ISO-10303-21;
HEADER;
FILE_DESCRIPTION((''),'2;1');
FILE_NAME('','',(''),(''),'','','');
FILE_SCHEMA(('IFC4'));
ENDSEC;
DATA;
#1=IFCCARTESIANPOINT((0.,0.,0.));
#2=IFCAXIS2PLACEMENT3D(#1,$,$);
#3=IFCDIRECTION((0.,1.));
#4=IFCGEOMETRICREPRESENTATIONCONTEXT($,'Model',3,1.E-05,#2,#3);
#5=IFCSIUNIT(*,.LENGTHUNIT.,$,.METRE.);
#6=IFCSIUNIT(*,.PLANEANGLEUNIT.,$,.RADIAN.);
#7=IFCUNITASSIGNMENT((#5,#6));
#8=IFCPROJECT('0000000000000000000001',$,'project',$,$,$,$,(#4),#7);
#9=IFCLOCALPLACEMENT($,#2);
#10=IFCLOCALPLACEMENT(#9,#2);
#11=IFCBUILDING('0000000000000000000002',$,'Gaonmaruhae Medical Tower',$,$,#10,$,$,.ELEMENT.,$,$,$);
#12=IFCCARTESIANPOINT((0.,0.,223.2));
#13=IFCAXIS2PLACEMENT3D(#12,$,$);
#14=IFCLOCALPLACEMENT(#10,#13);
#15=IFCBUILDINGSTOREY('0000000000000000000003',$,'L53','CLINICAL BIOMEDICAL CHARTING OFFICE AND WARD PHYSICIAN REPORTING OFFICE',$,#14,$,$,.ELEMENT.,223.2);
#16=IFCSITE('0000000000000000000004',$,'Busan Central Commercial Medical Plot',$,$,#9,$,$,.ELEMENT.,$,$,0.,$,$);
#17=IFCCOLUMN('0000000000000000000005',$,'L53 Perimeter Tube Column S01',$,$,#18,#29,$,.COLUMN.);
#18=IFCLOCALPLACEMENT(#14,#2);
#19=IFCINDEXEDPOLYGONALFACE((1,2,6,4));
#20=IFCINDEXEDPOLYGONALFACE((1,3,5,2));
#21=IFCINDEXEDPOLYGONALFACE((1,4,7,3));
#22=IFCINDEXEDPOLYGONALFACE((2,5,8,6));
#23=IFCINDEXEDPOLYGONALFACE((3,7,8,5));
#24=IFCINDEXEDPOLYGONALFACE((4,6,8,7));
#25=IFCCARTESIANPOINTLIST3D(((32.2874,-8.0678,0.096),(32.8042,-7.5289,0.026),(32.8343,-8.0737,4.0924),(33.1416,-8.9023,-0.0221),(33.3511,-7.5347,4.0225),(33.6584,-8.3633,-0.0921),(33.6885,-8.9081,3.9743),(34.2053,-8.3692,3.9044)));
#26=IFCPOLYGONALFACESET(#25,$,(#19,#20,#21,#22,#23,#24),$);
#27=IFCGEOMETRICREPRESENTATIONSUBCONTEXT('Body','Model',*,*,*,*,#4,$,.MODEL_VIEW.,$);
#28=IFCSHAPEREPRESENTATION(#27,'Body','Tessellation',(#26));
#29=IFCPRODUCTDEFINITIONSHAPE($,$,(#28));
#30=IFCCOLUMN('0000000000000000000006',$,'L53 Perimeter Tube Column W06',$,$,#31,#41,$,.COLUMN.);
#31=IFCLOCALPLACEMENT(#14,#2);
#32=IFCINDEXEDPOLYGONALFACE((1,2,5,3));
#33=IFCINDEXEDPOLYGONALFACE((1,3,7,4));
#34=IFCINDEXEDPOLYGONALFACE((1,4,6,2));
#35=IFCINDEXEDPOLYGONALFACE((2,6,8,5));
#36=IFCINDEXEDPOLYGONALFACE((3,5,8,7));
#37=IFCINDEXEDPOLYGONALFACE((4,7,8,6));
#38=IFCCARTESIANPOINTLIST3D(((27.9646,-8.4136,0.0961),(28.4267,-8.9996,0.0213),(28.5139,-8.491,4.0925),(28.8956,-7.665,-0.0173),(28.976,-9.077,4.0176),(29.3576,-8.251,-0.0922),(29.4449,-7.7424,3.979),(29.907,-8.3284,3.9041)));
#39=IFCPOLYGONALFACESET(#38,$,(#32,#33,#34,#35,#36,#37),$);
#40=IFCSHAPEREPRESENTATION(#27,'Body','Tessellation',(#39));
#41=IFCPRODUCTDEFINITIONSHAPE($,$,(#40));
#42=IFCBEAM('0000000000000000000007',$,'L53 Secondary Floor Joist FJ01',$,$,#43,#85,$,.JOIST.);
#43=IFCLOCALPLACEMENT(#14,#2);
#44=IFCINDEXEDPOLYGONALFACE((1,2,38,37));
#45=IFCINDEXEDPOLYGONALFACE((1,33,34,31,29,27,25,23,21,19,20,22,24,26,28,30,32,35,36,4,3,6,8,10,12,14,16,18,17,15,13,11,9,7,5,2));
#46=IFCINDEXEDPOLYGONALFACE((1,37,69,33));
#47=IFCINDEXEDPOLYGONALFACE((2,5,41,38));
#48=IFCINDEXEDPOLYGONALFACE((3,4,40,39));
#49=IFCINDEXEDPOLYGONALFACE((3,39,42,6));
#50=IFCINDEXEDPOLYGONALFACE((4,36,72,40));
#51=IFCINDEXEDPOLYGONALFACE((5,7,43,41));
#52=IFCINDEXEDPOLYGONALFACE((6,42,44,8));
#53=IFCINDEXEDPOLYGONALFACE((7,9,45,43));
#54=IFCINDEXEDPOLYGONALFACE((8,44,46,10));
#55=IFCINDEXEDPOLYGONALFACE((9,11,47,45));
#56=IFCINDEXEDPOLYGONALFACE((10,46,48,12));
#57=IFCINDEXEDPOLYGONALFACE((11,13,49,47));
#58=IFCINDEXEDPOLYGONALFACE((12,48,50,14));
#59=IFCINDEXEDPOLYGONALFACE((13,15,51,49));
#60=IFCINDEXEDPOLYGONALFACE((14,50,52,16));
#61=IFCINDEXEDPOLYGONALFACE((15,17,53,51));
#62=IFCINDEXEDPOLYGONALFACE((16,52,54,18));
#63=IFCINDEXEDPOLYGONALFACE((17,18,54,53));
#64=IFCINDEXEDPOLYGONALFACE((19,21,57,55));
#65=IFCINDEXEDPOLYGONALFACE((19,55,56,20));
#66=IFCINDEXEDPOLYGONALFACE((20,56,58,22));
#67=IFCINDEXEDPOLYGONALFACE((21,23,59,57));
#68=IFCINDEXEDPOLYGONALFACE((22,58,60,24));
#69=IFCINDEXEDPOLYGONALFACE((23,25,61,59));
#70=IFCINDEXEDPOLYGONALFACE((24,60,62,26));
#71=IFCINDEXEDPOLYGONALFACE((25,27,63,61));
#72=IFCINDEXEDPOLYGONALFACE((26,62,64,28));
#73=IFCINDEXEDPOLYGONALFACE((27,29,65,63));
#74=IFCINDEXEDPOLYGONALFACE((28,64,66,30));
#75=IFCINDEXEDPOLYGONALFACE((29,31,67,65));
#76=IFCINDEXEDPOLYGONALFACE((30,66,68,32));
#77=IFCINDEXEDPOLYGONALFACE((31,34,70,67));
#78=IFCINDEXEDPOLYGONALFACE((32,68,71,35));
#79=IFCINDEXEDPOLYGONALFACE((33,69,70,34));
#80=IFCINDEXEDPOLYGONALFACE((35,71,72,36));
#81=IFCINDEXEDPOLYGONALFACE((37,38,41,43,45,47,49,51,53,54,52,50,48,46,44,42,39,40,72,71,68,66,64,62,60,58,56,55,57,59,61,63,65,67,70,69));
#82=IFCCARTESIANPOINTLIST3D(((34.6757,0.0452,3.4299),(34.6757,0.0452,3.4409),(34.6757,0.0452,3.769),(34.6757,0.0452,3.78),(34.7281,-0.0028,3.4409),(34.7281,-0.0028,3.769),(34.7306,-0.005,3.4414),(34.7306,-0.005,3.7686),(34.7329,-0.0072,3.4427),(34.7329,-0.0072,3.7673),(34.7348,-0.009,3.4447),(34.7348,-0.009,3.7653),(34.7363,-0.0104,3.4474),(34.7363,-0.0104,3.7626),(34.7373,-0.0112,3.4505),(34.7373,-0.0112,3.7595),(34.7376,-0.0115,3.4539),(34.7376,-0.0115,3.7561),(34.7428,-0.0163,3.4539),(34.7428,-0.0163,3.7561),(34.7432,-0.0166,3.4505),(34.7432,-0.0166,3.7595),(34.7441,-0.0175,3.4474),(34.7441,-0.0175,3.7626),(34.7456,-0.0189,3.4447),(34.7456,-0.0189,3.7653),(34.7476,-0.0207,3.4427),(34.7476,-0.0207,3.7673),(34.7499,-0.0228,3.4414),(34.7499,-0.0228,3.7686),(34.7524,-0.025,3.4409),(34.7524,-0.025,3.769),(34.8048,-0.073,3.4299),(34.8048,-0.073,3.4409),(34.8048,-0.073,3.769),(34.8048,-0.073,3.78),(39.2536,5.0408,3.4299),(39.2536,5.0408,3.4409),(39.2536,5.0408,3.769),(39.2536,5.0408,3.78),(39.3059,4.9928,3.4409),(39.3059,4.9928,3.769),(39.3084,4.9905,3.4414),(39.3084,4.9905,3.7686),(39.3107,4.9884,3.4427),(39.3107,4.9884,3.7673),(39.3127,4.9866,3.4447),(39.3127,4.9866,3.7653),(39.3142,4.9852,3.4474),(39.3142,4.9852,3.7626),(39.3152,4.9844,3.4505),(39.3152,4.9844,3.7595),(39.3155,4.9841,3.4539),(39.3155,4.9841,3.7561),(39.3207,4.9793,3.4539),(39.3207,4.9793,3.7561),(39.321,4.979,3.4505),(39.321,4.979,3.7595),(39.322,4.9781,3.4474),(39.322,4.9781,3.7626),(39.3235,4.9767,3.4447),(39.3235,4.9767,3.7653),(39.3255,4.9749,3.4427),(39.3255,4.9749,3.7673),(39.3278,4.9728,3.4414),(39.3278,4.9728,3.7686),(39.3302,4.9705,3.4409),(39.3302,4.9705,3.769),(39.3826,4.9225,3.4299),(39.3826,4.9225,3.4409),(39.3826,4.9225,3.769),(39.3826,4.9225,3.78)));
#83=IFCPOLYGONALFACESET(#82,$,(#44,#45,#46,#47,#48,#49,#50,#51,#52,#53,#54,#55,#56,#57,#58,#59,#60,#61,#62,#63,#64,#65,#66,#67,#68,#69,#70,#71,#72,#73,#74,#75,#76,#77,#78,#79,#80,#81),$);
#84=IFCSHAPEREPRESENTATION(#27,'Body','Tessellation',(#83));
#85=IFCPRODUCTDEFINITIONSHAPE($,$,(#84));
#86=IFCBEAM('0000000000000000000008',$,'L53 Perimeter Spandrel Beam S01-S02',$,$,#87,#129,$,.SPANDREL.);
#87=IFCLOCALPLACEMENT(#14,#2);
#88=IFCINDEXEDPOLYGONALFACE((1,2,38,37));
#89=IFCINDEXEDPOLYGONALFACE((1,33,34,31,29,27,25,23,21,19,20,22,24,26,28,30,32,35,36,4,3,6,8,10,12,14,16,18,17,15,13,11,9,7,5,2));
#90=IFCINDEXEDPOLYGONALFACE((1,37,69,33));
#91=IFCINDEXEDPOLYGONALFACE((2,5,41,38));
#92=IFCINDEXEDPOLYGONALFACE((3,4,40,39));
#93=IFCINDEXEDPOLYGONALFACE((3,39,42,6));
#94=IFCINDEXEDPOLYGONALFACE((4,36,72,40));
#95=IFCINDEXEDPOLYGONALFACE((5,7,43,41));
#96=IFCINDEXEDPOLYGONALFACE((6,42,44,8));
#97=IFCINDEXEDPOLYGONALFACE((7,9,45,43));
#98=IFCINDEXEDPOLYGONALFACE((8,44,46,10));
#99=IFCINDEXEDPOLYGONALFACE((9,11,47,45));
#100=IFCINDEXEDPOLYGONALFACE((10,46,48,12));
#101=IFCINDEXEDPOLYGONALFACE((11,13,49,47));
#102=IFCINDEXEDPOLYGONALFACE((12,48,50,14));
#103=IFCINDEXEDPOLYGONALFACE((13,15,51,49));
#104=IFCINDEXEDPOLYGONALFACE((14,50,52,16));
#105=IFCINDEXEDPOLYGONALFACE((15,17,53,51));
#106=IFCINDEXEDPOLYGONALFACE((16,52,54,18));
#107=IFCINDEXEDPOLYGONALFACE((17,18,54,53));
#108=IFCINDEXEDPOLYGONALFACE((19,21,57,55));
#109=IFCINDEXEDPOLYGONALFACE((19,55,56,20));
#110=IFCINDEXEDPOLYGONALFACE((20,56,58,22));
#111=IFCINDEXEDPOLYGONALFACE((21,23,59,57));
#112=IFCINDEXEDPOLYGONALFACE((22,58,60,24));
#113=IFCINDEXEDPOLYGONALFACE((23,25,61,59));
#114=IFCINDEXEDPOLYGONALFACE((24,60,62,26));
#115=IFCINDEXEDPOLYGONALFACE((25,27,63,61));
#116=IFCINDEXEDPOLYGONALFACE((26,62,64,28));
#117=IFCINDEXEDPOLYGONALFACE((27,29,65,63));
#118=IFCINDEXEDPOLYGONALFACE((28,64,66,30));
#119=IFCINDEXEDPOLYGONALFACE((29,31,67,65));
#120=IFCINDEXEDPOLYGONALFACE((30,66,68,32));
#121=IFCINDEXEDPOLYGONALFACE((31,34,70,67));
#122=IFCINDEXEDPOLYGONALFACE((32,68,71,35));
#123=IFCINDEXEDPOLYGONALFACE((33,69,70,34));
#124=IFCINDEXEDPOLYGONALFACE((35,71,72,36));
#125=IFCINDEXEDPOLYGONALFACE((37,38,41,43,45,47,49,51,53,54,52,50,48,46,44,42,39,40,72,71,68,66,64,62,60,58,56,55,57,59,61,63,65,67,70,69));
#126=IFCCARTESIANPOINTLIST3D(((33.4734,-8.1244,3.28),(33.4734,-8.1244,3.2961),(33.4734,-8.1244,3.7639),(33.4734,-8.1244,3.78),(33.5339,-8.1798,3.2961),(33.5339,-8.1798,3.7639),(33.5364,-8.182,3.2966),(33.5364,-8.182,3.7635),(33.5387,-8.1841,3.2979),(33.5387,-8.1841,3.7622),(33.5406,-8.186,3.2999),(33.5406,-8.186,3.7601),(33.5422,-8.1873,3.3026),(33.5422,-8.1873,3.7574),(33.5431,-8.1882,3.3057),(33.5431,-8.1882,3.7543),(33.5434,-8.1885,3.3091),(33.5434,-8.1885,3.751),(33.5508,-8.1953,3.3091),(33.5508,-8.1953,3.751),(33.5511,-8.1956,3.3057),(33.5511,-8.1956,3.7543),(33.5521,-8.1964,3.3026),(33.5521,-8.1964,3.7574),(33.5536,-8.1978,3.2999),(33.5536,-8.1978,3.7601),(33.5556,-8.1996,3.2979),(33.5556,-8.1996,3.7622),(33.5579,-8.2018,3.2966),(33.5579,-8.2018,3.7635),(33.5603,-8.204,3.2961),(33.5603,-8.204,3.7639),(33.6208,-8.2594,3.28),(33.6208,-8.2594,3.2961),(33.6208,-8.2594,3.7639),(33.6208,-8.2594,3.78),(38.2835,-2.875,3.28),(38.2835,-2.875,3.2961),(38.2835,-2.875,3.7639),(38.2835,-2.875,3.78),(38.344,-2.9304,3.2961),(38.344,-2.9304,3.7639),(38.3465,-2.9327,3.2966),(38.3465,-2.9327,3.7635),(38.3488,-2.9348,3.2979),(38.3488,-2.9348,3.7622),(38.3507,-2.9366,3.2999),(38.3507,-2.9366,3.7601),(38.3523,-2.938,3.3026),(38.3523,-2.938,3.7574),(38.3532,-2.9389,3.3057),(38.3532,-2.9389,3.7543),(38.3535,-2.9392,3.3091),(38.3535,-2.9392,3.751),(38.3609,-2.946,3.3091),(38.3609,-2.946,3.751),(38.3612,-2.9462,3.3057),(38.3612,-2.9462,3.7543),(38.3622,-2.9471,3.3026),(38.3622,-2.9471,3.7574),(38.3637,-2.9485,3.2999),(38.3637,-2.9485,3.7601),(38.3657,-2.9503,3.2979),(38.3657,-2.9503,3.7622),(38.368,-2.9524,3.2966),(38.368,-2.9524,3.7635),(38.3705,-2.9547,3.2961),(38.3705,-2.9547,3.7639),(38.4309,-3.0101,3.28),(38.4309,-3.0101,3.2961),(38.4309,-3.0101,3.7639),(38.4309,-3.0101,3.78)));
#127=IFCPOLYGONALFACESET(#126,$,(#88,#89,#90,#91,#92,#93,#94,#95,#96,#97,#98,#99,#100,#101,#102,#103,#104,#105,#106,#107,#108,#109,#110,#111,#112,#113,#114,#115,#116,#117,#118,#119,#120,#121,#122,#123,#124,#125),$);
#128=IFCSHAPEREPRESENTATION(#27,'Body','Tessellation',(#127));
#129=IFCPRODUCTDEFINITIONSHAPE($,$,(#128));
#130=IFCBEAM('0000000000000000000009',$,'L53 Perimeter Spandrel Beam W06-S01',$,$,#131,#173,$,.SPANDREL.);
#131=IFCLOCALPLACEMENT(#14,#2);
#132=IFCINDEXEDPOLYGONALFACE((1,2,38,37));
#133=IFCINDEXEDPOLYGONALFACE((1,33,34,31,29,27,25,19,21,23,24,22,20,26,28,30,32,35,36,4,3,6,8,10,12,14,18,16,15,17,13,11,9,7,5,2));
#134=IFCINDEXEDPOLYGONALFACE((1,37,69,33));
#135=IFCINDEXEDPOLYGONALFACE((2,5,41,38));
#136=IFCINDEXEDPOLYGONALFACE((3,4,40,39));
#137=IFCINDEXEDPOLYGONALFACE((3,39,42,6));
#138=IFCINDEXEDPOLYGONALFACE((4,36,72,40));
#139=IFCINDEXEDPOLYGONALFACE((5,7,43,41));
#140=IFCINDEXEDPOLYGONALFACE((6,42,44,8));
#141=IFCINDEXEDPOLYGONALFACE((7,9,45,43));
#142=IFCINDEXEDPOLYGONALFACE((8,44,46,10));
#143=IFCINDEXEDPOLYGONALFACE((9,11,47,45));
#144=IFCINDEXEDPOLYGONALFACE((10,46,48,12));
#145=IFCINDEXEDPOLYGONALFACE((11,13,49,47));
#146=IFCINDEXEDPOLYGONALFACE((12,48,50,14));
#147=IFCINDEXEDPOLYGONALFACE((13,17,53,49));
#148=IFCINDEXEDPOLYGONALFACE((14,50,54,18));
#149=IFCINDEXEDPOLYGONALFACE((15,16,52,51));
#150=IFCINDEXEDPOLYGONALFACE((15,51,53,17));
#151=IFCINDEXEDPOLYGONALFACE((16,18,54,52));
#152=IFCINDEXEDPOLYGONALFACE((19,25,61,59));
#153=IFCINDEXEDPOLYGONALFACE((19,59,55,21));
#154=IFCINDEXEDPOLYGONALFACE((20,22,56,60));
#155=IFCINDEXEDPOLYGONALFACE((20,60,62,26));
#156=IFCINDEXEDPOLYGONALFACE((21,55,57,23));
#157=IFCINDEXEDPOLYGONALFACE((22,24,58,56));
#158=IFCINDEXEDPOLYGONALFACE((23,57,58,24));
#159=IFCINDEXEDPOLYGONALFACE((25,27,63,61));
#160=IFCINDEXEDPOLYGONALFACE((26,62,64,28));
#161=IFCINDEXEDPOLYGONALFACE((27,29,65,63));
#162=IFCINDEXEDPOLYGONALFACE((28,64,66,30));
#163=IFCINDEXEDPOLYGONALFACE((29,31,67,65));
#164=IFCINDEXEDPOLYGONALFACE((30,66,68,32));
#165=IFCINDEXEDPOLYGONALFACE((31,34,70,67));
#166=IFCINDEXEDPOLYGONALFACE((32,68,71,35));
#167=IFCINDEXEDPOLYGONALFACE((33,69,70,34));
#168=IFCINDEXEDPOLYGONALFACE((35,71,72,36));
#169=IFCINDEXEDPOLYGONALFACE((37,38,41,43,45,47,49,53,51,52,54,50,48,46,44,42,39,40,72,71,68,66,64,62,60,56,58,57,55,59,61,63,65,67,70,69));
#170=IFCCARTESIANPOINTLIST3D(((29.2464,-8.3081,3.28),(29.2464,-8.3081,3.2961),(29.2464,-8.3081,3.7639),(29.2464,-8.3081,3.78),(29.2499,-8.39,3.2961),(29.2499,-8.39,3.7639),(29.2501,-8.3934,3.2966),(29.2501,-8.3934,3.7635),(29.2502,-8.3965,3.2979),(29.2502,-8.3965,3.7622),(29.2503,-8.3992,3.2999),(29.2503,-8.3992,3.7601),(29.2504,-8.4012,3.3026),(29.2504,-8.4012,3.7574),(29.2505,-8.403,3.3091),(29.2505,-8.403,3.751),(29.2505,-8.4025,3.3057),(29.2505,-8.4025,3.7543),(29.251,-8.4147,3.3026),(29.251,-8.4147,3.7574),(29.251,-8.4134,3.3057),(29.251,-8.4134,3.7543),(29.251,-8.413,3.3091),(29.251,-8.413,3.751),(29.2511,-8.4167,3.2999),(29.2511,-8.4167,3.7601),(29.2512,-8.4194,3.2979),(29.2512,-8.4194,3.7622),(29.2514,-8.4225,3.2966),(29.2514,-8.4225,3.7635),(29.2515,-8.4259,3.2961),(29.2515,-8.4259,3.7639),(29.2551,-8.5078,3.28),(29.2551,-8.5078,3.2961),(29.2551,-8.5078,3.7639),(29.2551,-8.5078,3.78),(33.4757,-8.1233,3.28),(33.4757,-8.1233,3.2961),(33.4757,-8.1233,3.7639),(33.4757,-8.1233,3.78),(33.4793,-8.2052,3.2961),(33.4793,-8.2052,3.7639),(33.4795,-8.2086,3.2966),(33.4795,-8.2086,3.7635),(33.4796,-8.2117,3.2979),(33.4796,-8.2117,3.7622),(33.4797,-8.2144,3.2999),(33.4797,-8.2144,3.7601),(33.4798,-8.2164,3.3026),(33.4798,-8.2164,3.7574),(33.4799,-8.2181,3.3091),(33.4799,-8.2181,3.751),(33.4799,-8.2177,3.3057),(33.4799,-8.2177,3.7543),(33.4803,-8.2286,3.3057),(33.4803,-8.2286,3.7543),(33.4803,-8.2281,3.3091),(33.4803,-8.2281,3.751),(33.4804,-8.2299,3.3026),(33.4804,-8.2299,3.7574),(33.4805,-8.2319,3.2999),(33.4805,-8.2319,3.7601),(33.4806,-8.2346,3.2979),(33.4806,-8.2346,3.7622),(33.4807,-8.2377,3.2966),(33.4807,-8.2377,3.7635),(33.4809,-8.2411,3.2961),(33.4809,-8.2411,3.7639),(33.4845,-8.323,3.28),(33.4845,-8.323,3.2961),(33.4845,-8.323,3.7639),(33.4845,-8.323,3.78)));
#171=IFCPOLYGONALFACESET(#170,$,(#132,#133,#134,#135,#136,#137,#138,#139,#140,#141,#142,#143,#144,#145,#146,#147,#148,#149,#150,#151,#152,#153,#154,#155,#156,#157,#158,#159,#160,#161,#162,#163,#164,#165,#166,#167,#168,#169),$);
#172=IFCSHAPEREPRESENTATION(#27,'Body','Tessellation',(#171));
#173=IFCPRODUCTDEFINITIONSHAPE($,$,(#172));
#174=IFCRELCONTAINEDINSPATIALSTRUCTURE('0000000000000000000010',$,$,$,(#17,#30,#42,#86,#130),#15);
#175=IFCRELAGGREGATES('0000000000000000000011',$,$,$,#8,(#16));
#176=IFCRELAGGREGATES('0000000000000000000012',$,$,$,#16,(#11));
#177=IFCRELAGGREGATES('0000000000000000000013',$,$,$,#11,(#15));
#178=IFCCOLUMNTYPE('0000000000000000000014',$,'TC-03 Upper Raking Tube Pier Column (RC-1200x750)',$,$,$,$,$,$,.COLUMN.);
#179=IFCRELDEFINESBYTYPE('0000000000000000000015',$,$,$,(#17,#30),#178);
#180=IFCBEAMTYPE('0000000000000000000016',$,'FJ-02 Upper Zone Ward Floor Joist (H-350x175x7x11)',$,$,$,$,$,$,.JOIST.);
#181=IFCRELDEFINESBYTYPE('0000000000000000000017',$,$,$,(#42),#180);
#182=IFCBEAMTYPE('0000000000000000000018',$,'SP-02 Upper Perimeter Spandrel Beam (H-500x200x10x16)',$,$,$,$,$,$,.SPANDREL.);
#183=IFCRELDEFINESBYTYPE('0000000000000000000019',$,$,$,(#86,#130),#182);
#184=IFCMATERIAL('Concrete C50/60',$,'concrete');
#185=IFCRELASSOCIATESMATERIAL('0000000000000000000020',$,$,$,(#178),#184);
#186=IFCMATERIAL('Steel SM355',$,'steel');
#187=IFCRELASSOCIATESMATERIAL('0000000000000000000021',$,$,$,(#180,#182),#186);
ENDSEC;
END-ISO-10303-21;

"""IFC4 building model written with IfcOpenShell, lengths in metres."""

from ifc_helpers import new_model, si_unit, direction, frame, origin, origin_2d, place, context, subcontext, project, spatial, rectangle, i_section, extrude, material, material_profile, profile_set, type_object, element, save


model = new_model("IFC4")

# Units and contexts
model_context = context("Model", 3, precision=1e-05, world=origin(), true_north=direction((0.0, 1.0)))
body_context = subcontext(model_context, "Body", "Model", "MODEL_VIEW")
ifc_project = project(units=[si_unit("LENGTHUNIT", "METRE"), si_unit("PLANEANGLEUNIT", "RADIAN")], contexts=[model_context])

# Site, building, storey
site_placement = place(None, origin())
site = spatial("IfcSite", under=ifc_project, at=site_placement, Name="Busan Central Commercial Medical Plot", CompositionType="ELEMENT", RefElevation=0.0)
building_placement = place(site_placement, origin())
building = spatial("IfcBuilding", under=site, at=building_placement, Name="Gaonmaruhae Medical Tower", CompositionType="ELEMENT")
storey_placement = place(building_placement, frame((0.0, 0.0, 223.2)))
storey = spatial("IfcBuildingStorey", under=building, at=storey_placement, Name="L53", Description="CLINICAL BIOMEDICAL CHARTING OFFICE AND WARD PHYSICIAN REPORTING OFFICE", CompositionType="ELEMENT", Elevation=223.2)

# Columns
ifc_material_1 = material(Name="Concrete C50/60", Category="concrete")
ifc_material_profile_1 = material_profile(ifc_material_1, rectangle(XDim=1.2, YDim=0.75, at=origin_2d()), Name="RC-1200x750")
ifc_profile_set_1 = profile_set([ifc_material_profile_1], Name="Concrete C50/60")
column_type = type_object("IfcColumnType", Name="TC-03 Upper Raking Tube Pier Column (RC-1200x750)", PredefinedType="COLUMN", material=ifc_profile_set_1)
column_1_placement = place(storey_placement, frame((32.9729, -8.2156, 0.002), z_axis=(0.13558, -0.001453, 0.990765), x_axis=(-0.711861, 0.695388, 0.098434)))
element("IfcColumn", 1, at=column_1_placement, inside=storey, type_object=column_type, Name="L53 Perimeter Tube Column S01", PredefinedType="COLUMN", context=body_context, shape_type="SweptSolid", body=[
    extrude(rectangle(XDim=1.2, YDim=0.75, at=origin_2d()), origin(), (0.0, 0.0, 1.0), 4.0337),
])
column_2_placement = place(storey_placement, frame((28.6611, -8.3323, 0.002), z_axis=(0.136149, -0.019182, 0.990503), x_axis=(-0.77581, -0.623842, 0.094558)))
element("IfcColumn", 2, at=column_2_placement, inside=storey, type_object=column_type, Name="L53 Perimeter Tube Column W06", PredefinedType="COLUMN", context=body_context, shape_type="SweptSolid", body=[
    extrude(rectangle(XDim=1.2, YDim=0.75, at=origin_2d()), origin(), (0.0, 0.0, 1.0), 4.0347),
])

# Beams
ifc_material_2 = material(Name="Steel SM355", Category="steel")
ifc_material_profile_2 = material_profile(ifc_material_2, i_section(OverallWidth=0.175, OverallDepth=0.3501, WebThickness=0.0071, FlangeThickness=0.011, FilletRadius=0.0129, at=origin_2d()), Name="H-350x175x7x11")
ifc_profile_set_2 = profile_set([ifc_material_profile_2], Name="Steel SM355")
beam_type_1 = type_object("IfcBeamType", Name="FJ-02 Upper Zone Ward Floor Joist (H-350x175x7x11)", PredefinedType="JOIST", material=ifc_profile_set_2)
beam_1_placement = place(storey_placement, frame((34.7402, -0.0139, 3.605), z_axis=(0.67561, 0.737259, 0.0), x_axis=(-0.737259, 0.67561, 0.0)))
element("IfcBeam", 3, at=beam_1_placement, inside=storey, type_object=beam_type_1, Name="L53 Secondary Floor Joist FJ01", PredefinedType="JOIST", context=body_context, shape_type="SweptSolid", body=[
    extrude(i_section(OverallWidth=0.175, OverallDepth=0.3501, WebThickness=0.0071, FlangeThickness=0.011, FilletRadius=0.0129, at=origin_2d()), origin(), (0.0, 0.0, 1.0), 6.7759),
])
ifc_material_profile_3 = material_profile(ifc_material_2, i_section(OverallWidth=0.2, OverallDepth=0.5, WebThickness=0.01, FlangeThickness=0.0161, FilletRadius=0.0129, at=origin_2d()), Name="H-500x200x10x16")
ifc_profile_set_3 = profile_set([ifc_material_profile_3], Name="Steel SM355")
beam_type_2 = type_object("IfcBeamType", Name="SP-02 Upper Perimeter Spandrel Beam (H-500x200x10x16)", PredefinedType="SPANDREL", material=ifc_profile_set_3)
beam_2_placement = place(storey_placement, frame((33.5471, -8.1919, 3.53), z_axis=(0.67559, 0.737278, 0.0), x_axis=(-0.737278, 0.67559, 0.0)))
element("IfcBeam", 4, at=beam_2_placement, inside=storey, type_object=beam_type_2, Name="L53 Perimeter Spandrel Beam S01-S02", PredefinedType="SPANDREL", context=body_context, shape_type="SweptSolid", body=[
    extrude(i_section(OverallWidth=0.2, OverallDepth=0.5, WebThickness=0.01, FlangeThickness=0.0161, FilletRadius=0.0129, at=origin_2d()), origin(), (0.0, 0.0, 1.0), 7.1199),
])
beam_3_placement = place(storey_placement, frame((29.2507, -8.408, 3.53), z_axis=(0.999047, 0.043657, 0.0), x_axis=(-0.043657, 0.999047, 0.0)))
element("IfcBeam", 5, at=beam_3_placement, inside=storey, type_object=beam_type_2, Name="L53 Perimeter Spandrel Beam W06-S01", PredefinedType="SPANDREL", context=body_context, shape_type="SweptSolid", body=[
    extrude(i_section(OverallWidth=0.2, OverallDepth=0.5, WebThickness=0.01, FlangeThickness=0.0161, FilletRadius=0.0129, at=origin_2d()), origin(), (0.0, 0.0, 1.0), 4.2334),
])

save(model, "model.ifc")
